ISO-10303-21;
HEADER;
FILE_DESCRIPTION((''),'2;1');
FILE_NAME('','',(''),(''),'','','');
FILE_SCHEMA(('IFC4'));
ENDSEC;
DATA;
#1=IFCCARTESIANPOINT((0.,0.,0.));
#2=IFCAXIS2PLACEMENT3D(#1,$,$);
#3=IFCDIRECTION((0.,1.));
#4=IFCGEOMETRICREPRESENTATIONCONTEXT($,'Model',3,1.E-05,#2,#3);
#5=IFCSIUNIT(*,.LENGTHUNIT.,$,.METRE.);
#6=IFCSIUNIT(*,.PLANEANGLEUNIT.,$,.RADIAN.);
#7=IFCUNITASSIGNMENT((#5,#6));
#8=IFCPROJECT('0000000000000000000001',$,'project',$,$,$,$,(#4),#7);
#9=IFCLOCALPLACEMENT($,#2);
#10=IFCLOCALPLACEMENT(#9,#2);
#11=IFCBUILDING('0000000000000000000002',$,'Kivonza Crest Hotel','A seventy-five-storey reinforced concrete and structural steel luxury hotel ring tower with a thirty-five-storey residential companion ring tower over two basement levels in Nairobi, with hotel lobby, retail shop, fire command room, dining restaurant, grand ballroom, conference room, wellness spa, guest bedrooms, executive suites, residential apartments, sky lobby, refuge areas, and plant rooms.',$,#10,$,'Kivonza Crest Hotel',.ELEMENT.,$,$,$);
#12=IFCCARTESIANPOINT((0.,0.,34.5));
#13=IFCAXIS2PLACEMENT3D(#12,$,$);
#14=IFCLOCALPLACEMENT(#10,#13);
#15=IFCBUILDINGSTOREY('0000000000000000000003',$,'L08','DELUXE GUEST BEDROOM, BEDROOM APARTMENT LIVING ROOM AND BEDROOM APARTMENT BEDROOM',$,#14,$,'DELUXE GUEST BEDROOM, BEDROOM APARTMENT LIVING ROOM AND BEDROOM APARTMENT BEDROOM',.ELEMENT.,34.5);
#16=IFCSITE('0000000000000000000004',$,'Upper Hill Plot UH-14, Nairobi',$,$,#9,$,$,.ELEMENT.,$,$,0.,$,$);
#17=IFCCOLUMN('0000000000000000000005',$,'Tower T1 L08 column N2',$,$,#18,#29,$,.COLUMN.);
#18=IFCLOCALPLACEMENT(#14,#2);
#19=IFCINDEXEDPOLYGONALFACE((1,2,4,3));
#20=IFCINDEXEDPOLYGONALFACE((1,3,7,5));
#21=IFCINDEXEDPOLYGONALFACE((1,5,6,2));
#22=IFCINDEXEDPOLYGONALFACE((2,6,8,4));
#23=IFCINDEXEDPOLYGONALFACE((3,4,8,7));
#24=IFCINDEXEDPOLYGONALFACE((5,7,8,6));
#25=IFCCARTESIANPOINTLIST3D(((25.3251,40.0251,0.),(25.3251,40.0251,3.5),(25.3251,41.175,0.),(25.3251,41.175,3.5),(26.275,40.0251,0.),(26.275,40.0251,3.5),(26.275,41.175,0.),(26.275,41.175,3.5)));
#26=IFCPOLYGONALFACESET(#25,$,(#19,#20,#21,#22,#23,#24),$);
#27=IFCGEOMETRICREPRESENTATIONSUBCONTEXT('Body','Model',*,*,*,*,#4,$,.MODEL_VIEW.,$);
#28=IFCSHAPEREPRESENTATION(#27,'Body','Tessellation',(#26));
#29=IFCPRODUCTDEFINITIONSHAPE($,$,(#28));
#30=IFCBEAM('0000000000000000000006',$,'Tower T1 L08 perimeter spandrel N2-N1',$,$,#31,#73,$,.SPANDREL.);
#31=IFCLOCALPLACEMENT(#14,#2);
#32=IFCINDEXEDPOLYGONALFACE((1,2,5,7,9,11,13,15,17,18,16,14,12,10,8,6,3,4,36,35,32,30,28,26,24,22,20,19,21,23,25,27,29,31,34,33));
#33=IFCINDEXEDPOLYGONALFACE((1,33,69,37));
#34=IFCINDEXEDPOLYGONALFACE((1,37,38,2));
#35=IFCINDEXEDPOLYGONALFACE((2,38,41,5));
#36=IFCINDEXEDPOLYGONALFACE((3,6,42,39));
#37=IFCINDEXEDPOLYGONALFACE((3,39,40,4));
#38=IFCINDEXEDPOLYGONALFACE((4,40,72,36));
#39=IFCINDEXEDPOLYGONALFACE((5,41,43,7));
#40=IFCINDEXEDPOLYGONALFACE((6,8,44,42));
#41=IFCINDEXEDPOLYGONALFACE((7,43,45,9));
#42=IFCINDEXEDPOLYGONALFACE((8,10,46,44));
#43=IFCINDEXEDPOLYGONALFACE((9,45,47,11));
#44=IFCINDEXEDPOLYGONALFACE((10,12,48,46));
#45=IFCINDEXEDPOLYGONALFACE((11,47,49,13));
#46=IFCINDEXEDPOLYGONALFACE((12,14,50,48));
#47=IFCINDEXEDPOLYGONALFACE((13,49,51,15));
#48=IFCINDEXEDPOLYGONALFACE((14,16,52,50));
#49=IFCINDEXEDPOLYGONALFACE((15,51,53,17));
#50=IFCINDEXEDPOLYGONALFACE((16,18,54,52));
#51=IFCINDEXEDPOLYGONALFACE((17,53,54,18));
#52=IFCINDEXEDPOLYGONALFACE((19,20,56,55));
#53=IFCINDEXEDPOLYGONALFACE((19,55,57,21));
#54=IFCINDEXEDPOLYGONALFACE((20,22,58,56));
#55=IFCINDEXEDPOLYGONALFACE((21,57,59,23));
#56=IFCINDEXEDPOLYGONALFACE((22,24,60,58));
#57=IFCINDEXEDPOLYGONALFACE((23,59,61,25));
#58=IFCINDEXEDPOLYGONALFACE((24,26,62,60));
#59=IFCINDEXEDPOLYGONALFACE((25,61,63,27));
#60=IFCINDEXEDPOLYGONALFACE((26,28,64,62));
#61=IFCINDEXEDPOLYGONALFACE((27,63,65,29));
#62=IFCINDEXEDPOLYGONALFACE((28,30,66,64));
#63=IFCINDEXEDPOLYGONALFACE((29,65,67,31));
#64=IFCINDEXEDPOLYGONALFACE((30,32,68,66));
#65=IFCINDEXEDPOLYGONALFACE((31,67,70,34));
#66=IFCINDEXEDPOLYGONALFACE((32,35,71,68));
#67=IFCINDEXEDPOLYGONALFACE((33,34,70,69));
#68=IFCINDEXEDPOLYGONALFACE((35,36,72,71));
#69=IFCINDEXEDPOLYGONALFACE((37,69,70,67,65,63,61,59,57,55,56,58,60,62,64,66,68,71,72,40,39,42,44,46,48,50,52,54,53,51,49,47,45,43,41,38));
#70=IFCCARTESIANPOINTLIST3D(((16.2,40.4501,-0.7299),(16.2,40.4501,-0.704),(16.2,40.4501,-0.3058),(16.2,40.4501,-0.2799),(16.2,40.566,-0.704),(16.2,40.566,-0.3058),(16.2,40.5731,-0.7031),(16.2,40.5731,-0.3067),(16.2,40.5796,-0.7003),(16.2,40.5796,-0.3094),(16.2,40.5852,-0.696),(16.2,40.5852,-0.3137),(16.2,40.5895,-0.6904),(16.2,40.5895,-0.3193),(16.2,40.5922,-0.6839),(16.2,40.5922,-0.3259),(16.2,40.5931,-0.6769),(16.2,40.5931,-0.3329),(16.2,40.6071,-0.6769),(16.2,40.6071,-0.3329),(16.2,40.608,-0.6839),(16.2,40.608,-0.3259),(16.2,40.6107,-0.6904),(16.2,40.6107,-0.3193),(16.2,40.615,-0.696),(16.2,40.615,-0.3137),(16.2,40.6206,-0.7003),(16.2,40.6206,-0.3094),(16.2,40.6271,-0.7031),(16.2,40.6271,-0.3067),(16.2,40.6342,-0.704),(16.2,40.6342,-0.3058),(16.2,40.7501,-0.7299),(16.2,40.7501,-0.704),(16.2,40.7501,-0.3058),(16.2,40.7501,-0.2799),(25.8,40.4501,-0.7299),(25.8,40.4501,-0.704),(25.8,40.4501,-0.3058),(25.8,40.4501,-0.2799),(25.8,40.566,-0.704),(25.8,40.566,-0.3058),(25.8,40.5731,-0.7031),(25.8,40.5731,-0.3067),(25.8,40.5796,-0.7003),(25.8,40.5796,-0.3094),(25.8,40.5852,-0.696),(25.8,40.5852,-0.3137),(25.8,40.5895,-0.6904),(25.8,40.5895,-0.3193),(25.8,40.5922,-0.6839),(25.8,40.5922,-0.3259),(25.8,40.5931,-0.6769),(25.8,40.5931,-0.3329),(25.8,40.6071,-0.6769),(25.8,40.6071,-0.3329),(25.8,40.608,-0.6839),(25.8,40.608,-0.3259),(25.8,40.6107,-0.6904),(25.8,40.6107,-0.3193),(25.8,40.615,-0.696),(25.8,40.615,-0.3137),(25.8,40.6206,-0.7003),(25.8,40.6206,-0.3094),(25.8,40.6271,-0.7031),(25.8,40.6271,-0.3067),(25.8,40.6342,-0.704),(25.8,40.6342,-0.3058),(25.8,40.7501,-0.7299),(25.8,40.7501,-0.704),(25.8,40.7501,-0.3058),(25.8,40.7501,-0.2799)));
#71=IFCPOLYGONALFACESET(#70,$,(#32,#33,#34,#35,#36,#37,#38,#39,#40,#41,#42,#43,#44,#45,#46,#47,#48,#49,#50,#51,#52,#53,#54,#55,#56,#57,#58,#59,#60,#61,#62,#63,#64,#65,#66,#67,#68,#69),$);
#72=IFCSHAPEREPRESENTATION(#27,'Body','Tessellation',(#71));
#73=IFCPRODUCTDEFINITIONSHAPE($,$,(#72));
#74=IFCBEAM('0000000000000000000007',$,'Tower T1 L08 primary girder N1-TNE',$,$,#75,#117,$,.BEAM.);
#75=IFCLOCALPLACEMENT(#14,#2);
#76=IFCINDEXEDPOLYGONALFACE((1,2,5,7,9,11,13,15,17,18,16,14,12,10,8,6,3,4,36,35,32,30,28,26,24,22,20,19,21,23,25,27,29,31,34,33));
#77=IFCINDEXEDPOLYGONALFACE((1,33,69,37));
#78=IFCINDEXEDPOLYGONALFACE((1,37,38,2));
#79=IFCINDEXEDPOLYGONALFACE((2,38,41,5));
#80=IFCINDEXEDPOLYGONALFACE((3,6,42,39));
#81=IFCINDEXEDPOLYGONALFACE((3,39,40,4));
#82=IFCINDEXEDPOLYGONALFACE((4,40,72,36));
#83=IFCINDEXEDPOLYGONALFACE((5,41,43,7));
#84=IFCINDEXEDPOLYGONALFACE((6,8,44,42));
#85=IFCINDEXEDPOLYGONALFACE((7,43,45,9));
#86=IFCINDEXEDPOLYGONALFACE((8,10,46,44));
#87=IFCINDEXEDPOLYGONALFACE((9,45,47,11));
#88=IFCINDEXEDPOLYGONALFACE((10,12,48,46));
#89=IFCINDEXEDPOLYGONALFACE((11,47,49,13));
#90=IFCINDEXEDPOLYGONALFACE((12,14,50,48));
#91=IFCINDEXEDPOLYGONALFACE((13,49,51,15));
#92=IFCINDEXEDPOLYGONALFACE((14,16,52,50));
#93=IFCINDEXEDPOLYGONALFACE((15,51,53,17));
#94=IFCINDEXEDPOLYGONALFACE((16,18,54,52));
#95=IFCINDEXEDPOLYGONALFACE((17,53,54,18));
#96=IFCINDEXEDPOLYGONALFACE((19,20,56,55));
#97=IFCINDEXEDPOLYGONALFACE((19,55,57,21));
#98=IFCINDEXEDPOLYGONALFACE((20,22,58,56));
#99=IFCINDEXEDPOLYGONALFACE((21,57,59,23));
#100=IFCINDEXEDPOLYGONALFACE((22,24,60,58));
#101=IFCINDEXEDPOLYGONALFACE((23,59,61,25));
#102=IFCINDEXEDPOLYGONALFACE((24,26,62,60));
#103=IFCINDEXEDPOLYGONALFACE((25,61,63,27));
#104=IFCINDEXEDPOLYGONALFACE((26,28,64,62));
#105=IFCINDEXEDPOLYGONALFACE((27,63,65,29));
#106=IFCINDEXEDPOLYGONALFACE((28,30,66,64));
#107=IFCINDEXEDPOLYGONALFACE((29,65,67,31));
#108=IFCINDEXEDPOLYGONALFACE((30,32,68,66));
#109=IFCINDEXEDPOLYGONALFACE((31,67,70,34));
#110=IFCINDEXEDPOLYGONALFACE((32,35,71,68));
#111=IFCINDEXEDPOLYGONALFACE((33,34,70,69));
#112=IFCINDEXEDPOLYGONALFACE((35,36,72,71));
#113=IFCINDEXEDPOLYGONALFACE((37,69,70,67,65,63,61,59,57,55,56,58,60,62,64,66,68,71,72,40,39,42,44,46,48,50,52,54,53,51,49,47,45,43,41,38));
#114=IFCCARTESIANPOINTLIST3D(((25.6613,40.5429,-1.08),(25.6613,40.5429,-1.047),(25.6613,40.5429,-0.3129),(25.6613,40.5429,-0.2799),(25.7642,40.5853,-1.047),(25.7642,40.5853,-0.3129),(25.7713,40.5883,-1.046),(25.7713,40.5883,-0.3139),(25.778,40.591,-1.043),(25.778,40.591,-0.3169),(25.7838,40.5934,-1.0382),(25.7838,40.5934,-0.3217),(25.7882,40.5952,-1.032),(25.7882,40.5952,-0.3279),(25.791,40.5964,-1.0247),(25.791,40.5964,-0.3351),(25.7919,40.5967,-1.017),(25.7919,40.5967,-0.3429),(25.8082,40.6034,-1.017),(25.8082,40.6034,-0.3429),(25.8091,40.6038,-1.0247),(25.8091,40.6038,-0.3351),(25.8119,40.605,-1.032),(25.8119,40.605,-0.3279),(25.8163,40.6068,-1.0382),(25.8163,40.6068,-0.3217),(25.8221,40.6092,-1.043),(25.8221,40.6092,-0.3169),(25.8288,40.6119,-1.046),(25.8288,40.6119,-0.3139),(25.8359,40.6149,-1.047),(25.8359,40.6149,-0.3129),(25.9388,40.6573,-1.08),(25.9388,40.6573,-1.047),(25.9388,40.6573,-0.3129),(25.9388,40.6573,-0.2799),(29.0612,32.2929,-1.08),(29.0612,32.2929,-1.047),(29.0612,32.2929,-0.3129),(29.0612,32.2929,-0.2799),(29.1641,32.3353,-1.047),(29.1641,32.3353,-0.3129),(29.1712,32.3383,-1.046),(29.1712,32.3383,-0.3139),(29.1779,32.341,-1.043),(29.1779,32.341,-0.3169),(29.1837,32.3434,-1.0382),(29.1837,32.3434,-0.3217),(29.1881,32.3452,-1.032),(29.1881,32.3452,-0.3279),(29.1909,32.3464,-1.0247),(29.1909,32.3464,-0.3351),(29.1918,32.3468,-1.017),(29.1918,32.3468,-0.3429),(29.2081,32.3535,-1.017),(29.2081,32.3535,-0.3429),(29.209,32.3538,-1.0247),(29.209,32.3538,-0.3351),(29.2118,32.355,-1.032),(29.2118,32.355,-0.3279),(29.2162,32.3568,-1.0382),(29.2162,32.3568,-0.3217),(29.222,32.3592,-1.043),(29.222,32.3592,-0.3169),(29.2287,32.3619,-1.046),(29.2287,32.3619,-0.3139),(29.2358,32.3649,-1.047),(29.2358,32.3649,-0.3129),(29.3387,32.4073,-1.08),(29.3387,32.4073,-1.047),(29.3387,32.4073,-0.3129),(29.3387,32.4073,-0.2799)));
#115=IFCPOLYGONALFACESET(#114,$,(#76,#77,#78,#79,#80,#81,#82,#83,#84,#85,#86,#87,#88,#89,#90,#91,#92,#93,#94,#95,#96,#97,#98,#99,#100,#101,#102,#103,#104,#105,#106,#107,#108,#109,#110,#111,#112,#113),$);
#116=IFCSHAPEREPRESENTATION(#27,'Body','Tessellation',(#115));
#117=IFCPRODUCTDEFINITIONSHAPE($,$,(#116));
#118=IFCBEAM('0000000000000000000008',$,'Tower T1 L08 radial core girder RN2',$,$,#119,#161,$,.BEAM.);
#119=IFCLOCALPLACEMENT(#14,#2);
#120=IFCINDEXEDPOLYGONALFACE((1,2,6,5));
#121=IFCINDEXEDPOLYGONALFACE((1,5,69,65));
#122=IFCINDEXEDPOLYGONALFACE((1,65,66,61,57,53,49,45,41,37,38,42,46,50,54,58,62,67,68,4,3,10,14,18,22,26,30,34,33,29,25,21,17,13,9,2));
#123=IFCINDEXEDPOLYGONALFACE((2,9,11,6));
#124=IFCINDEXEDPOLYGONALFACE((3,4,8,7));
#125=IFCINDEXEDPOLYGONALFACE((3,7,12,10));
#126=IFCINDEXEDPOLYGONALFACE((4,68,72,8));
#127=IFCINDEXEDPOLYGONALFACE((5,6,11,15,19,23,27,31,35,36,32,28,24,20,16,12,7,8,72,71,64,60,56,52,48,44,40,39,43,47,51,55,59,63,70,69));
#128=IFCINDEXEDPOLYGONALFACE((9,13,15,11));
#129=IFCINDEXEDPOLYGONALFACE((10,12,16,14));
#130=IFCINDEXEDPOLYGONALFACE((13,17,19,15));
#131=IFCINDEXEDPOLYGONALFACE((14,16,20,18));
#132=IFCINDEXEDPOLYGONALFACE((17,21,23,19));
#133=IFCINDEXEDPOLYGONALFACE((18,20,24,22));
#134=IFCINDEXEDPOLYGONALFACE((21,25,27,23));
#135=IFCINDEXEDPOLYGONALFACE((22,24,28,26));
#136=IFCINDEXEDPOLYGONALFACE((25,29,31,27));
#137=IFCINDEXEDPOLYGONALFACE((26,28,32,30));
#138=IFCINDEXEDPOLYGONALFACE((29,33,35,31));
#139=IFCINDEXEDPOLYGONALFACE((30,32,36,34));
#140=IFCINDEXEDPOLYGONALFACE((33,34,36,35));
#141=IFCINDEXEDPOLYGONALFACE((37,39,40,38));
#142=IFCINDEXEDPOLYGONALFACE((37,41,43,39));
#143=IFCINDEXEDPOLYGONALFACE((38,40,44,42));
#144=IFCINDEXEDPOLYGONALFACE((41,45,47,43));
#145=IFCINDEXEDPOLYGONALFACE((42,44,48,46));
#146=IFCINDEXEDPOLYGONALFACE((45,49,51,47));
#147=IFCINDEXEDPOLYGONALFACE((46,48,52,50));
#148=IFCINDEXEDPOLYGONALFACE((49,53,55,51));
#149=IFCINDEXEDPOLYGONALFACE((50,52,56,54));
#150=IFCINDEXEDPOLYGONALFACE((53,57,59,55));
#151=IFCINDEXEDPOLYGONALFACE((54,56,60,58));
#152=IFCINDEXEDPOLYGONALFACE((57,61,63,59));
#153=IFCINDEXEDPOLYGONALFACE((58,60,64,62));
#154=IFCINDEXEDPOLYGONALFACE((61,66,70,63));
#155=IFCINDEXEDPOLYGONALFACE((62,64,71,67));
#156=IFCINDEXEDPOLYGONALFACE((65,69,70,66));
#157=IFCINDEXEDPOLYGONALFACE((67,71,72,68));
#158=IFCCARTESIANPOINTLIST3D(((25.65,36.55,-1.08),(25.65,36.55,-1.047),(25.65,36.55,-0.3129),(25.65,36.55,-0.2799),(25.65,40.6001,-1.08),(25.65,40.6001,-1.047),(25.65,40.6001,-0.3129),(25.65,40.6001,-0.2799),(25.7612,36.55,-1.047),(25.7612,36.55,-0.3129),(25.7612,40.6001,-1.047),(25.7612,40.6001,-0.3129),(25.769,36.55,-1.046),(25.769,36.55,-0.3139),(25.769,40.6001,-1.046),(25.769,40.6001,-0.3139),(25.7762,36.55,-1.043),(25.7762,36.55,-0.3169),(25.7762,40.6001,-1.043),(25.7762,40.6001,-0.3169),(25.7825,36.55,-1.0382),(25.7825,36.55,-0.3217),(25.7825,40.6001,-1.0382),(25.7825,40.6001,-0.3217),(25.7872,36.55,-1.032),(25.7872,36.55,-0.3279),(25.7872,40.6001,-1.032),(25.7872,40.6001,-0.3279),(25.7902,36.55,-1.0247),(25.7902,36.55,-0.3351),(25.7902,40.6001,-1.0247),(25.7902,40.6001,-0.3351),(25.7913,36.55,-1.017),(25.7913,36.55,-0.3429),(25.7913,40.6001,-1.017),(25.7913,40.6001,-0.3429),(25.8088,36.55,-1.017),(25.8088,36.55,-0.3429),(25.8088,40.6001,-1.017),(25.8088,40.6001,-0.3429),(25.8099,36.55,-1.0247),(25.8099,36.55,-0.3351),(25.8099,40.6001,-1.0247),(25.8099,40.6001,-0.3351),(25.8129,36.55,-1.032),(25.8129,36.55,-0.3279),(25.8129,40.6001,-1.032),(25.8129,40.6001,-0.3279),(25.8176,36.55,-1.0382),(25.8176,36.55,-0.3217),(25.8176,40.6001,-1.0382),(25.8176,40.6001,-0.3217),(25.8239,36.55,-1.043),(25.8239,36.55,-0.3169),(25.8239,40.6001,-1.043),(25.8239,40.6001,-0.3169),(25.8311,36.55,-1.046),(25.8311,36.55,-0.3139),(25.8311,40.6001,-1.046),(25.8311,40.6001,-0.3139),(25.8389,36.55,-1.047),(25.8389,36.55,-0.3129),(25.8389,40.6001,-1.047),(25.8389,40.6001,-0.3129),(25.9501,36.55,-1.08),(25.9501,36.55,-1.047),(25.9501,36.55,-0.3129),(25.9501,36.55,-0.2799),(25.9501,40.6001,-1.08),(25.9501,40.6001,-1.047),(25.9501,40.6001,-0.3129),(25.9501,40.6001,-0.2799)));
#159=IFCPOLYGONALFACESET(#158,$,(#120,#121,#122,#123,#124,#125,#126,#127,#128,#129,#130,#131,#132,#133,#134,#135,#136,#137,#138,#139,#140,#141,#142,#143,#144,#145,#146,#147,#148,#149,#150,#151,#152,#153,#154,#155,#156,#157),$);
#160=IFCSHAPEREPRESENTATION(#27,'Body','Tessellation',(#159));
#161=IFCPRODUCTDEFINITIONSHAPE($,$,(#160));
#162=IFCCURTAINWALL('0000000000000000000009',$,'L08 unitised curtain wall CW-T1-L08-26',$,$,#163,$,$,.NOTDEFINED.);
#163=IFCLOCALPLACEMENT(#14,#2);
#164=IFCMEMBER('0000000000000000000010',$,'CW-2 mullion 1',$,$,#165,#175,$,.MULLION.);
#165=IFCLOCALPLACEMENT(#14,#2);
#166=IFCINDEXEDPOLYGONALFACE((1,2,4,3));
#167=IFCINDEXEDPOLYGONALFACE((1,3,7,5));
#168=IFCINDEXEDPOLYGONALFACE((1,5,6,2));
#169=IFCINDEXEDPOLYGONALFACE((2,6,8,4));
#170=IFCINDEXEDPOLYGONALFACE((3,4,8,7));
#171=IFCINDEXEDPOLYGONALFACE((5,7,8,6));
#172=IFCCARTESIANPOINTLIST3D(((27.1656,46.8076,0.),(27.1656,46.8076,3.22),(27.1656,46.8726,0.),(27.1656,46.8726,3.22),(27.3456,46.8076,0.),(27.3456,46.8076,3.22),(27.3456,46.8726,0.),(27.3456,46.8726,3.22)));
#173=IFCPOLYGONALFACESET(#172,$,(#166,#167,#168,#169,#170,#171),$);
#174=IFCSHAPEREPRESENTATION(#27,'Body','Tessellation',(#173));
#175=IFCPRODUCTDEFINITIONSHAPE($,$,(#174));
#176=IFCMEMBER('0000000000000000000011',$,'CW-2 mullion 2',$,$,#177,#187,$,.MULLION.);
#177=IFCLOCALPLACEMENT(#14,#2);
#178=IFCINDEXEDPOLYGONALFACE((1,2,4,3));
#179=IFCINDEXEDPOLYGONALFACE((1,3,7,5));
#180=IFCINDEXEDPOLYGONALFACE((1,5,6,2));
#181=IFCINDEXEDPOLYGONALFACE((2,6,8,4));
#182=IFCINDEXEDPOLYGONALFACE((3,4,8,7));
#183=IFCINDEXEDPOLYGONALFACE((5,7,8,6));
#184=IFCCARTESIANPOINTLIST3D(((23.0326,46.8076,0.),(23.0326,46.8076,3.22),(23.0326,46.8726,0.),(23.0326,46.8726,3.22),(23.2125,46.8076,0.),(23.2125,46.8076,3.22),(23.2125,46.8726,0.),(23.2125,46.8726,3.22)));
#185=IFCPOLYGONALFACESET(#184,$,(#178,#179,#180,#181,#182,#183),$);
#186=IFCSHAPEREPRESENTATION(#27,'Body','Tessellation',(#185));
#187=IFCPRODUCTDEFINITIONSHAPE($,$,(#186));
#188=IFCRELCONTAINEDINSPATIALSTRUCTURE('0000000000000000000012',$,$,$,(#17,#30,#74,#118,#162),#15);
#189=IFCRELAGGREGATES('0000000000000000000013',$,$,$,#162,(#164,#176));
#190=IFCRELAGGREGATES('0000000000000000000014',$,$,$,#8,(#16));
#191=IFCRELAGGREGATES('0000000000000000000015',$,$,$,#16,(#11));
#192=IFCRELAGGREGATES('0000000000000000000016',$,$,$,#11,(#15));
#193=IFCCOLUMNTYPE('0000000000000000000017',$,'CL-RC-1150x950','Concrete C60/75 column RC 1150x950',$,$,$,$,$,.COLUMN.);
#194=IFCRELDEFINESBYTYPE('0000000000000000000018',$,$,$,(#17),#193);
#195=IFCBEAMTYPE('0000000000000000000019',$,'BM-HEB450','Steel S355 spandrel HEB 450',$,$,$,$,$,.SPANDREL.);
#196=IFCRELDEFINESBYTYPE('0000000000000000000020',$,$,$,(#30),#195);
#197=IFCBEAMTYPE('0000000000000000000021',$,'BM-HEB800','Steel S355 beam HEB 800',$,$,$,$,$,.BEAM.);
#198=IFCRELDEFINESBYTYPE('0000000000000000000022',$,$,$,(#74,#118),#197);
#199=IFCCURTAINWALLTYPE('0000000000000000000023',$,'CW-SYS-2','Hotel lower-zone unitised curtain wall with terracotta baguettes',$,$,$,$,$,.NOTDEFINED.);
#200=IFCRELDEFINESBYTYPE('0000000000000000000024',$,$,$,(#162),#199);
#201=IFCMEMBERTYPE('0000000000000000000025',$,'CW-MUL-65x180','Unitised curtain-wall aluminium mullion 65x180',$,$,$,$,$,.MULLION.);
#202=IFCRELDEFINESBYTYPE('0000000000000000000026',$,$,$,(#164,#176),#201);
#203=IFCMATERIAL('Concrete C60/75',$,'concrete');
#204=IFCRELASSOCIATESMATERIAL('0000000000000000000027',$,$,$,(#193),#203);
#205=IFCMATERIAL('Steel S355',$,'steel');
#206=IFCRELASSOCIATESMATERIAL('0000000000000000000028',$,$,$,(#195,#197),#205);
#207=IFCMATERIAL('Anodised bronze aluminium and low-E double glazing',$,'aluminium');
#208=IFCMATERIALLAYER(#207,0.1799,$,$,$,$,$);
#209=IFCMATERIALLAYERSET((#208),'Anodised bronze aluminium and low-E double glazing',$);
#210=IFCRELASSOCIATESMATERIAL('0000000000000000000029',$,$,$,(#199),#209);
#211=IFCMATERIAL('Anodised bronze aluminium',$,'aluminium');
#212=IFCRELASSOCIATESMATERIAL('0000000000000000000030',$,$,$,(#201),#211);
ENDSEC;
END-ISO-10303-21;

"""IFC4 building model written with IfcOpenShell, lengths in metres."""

from ifc_helpers import new_model, si_unit, direction, frame, origin, origin_2d, place, context, subcontext, project, spatial, rectangle, i_section, extrude, material, layer, layer_set, material_profile, profile_set, type_object, element, aggregate, save


model = new_model("IFC4")

# Units and contexts
model_context = context("Model", 3, precision=1e-05, world=origin(), true_north=direction((0.0, 1.0)))
body_context = subcontext(model_context, "Body", "Model", "MODEL_VIEW")
ifc_project = project(units=[si_unit("LENGTHUNIT", "METRE"), si_unit("PLANEANGLEUNIT", "RADIAN")], contexts=[model_context])

# Site, building, storey
site_placement = place(None, origin())
site = spatial("IfcSite", under=ifc_project, at=site_placement, Name="Upper Hill Plot UH-14, Nairobi", CompositionType="ELEMENT", RefElevation=0.0)
building_placement = place(site_placement, origin())
building = spatial("IfcBuilding", under=site, at=building_placement, Name="Kivonza Crest Hotel", Description="A seventy-five-storey reinforced concrete and structural steel luxury hotel ring tower with a thirty-five-storey residential companion ring tower over two basement levels in Nairobi, with hotel lobby, retail shop, fire command room, dining restaurant, grand ballroom, conference room, wellness spa, guest bedrooms, executive suites, residential apartments, sky lobby, refuge areas, and plant rooms.", LongName="Kivonza Crest Hotel", CompositionType="ELEMENT")
storey_placement = place(building_placement, frame((0.0, 0.0, 34.5)))
storey = spatial("IfcBuildingStorey", under=building, at=storey_placement, Name="L08", Description="DELUXE GUEST BEDROOM, BEDROOM APARTMENT LIVING ROOM AND BEDROOM APARTMENT BEDROOM", LongName="DELUXE GUEST BEDROOM, BEDROOM APARTMENT LIVING ROOM AND BEDROOM APARTMENT BEDROOM", CompositionType="ELEMENT", Elevation=34.5)

# Column
ifc_material_1 = material(Name="Concrete C60/75", Category="concrete")
ifc_material_profile_1 = material_profile(ifc_material_1, rectangle(XDim=0.95, YDim=1.1499, at=origin_2d()), Name="RC 1150x950")
ifc_profile_set_1 = profile_set([ifc_material_profile_1], Name="Concrete C60/75")
column_type = type_object("IfcColumnType", Name="CL-RC-1150x950", Description="Concrete C60/75 column RC 1150x950", PredefinedType="COLUMN", material=ifc_profile_set_1)
column_placement = place(storey_placement, frame((25.8, 40.6001, 0.0), z_axis=(0.0, 0.0, 1.0), x_axis=(1.0, 0.0, 0.0)))
element("IfcColumn", 1, at=column_placement, inside=storey, type_object=column_type, Name="Tower T1 L08 column N2", PredefinedType="COLUMN", context=body_context, shape_type="SweptSolid", body=[
    extrude(rectangle(XDim=0.95, YDim=1.1499, at=origin_2d()), origin(), (0.0, 0.0, 1.0), 3.5),
])

# Beams
ifc_material_2 = material(Name="Steel S355", Category="steel")
ifc_material_profile_2 = material_profile(ifc_material_2, i_section(OverallWidth=0.3, OverallDepth=0.45, WebThickness=0.0139, FlangeThickness=0.0259, FilletRadius=0.0271, at=origin_2d()), Name="HEB 450")
ifc_profile_set_2 = profile_set([ifc_material_profile_2], Name="Steel S355")
beam_type_1 = type_object("IfcBeamType", Name="BM-HEB450", Description="Steel S355 spandrel HEB 450", PredefinedType="SPANDREL", material=ifc_profile_set_2)
beam_1_placement = place(storey_placement, frame((25.8, 40.6001, -0.5049), z_axis=(-1.0, 0.0, 0.0), x_axis=(0.0, -1.0, 0.0)))
element("IfcBeam", 2, at=beam_1_placement, inside=storey, type_object=beam_type_1, Name="Tower T1 L08 perimeter spandrel N2-N1", PredefinedType="SPANDREL", context=body_context, shape_type="SweptSolid", body=[
    extrude(i_section(OverallWidth=0.3, OverallDepth=0.45, WebThickness=0.0139, FlangeThickness=0.0259, FilletRadius=0.0271, at=origin_2d()), origin(), (0.0, 0.0, 1.0), 9.6001),
])
ifc_material_profile_3 = material_profile(ifc_material_2, i_section(OverallWidth=0.3, OverallDepth=0.8, WebThickness=0.0176, FlangeThickness=0.033, FilletRadius=0.03, at=origin_2d()), Name="HEB 800")
ifc_profile_set_3 = profile_set([ifc_material_profile_3], Name="Steel S355")
beam_type_2 = type_object("IfcBeamType", Name="BM-HEB800", Description="Steel S355 beam HEB 800", PredefinedType="BEAM", material=ifc_profile_set_3)
beam_2_placement = place(storey_placement, frame((25.8, 40.6001, -0.6799), z_axis=(0.381022, -0.924566, 0.0), x_axis=(0.924566, 0.381022, 0.0)))
element("IfcBeam", 3, at=beam_2_placement, inside=storey, type_object=beam_type_2, Name="Tower T1 L08 primary girder N1-TNE", PredefinedType="BEAM", context=body_context, shape_type="SweptSolid", body=[
    extrude(i_section(OverallWidth=0.3, OverallDepth=0.8, WebThickness=0.0176, FlangeThickness=0.033, FilletRadius=0.03, at=origin_2d()), origin(), (0.0, 0.0, 1.0), 8.9231),
])
beam_3_placement = place(storey_placement, frame((25.8, 40.6001, -0.6799), z_axis=(0.0, -1.0, 0.0), x_axis=(1.0, 0.0, 0.0)))
element("IfcBeam", 4, at=beam_3_placement, inside=storey, type_object=beam_type_2, Name="Tower T1 L08 radial core girder RN2", PredefinedType="BEAM", context=body_context, shape_type="SweptSolid", body=[
    extrude(i_section(OverallWidth=0.3, OverallDepth=0.8, WebThickness=0.0176, FlangeThickness=0.033, FilletRadius=0.03, at=origin_2d()), origin(), (0.0, 0.0, 1.0), 4.05),
])

# Curtain wall, members
ifc_material_3 = material(Name="Anodised bronze aluminium and low-E double glazing", Category="aluminium")
ifc_layer_1 = layer(ifc_material_3, 0.1799)
ifc_layer_set_1 = layer_set([ifc_layer_1], Name="Anodised bronze aluminium and low-E double glazing")
curtain_wall_type = type_object("IfcCurtainWallType", Name="CW-SYS-2", Description="Hotel lower-zone unitised curtain wall with terracotta baguettes", PredefinedType="NOTDEFINED", material=ifc_layer_set_1)
curtain_wall_placement = place(storey_placement, origin())
curtain_wall = element("IfcCurtainWall", 5, at=curtain_wall_placement, inside=storey, type_object=curtain_wall_type, Name="L08 unitised curtain wall CW-T1-L08-26", PredefinedType="NOTDEFINED")
ifc_material_4 = material(Name="Anodised bronze aluminium", Category="aluminium")
ifc_material_profile_4 = material_profile(ifc_material_4, rectangle(XDim=0.0649, YDim=0.1799, at=origin_2d()), Name="CW-M 65x180")
ifc_profile_set_4 = profile_set([ifc_material_profile_4], Name="Anodised bronze aluminium")
member_type_1 = type_object("IfcMemberType", Name="CW-MUL-65x180", Description="Unitised curtain-wall aluminium mullion 65x180", PredefinedType="MULLION", material=ifc_profile_set_4)
member_1_placement = place(storey_placement, frame((27.2556, 46.8401, 0.0), z_axis=(0.0, 0.0, 1.0), x_axis=(0.0, -1.0, 0.0)))
member_1 = element("IfcMember", 6, at=member_1_placement, type_object=member_type_1, Name="CW-2 mullion 1", PredefinedType="MULLION", context=body_context, shape_type="SweptSolid", body=[
    extrude(rectangle(XDim=0.0649, YDim=0.1799, at=origin_2d()), origin(), (0.0, 0.0, 1.0), 3.22),
])
member_2_placement = place(storey_placement, frame((23.1226, 46.8401, 0.0), z_axis=(0.0, 0.0, 1.0), x_axis=(0.0, -1.0, 0.0)))
member_2 = element("IfcMember", 7, at=member_2_placement, type_object=member_type_1, Name="CW-2 mullion 2", PredefinedType="MULLION", context=body_context, shape_type="SweptSolid", body=[
    extrude(rectangle(XDim=0.0649, YDim=0.1799, at=origin_2d()), origin(), (0.0, 0.0, 1.0), 3.22),
])
aggregate(curtain_wall, [member_1, member_2])

save(model, "model.ifc")
